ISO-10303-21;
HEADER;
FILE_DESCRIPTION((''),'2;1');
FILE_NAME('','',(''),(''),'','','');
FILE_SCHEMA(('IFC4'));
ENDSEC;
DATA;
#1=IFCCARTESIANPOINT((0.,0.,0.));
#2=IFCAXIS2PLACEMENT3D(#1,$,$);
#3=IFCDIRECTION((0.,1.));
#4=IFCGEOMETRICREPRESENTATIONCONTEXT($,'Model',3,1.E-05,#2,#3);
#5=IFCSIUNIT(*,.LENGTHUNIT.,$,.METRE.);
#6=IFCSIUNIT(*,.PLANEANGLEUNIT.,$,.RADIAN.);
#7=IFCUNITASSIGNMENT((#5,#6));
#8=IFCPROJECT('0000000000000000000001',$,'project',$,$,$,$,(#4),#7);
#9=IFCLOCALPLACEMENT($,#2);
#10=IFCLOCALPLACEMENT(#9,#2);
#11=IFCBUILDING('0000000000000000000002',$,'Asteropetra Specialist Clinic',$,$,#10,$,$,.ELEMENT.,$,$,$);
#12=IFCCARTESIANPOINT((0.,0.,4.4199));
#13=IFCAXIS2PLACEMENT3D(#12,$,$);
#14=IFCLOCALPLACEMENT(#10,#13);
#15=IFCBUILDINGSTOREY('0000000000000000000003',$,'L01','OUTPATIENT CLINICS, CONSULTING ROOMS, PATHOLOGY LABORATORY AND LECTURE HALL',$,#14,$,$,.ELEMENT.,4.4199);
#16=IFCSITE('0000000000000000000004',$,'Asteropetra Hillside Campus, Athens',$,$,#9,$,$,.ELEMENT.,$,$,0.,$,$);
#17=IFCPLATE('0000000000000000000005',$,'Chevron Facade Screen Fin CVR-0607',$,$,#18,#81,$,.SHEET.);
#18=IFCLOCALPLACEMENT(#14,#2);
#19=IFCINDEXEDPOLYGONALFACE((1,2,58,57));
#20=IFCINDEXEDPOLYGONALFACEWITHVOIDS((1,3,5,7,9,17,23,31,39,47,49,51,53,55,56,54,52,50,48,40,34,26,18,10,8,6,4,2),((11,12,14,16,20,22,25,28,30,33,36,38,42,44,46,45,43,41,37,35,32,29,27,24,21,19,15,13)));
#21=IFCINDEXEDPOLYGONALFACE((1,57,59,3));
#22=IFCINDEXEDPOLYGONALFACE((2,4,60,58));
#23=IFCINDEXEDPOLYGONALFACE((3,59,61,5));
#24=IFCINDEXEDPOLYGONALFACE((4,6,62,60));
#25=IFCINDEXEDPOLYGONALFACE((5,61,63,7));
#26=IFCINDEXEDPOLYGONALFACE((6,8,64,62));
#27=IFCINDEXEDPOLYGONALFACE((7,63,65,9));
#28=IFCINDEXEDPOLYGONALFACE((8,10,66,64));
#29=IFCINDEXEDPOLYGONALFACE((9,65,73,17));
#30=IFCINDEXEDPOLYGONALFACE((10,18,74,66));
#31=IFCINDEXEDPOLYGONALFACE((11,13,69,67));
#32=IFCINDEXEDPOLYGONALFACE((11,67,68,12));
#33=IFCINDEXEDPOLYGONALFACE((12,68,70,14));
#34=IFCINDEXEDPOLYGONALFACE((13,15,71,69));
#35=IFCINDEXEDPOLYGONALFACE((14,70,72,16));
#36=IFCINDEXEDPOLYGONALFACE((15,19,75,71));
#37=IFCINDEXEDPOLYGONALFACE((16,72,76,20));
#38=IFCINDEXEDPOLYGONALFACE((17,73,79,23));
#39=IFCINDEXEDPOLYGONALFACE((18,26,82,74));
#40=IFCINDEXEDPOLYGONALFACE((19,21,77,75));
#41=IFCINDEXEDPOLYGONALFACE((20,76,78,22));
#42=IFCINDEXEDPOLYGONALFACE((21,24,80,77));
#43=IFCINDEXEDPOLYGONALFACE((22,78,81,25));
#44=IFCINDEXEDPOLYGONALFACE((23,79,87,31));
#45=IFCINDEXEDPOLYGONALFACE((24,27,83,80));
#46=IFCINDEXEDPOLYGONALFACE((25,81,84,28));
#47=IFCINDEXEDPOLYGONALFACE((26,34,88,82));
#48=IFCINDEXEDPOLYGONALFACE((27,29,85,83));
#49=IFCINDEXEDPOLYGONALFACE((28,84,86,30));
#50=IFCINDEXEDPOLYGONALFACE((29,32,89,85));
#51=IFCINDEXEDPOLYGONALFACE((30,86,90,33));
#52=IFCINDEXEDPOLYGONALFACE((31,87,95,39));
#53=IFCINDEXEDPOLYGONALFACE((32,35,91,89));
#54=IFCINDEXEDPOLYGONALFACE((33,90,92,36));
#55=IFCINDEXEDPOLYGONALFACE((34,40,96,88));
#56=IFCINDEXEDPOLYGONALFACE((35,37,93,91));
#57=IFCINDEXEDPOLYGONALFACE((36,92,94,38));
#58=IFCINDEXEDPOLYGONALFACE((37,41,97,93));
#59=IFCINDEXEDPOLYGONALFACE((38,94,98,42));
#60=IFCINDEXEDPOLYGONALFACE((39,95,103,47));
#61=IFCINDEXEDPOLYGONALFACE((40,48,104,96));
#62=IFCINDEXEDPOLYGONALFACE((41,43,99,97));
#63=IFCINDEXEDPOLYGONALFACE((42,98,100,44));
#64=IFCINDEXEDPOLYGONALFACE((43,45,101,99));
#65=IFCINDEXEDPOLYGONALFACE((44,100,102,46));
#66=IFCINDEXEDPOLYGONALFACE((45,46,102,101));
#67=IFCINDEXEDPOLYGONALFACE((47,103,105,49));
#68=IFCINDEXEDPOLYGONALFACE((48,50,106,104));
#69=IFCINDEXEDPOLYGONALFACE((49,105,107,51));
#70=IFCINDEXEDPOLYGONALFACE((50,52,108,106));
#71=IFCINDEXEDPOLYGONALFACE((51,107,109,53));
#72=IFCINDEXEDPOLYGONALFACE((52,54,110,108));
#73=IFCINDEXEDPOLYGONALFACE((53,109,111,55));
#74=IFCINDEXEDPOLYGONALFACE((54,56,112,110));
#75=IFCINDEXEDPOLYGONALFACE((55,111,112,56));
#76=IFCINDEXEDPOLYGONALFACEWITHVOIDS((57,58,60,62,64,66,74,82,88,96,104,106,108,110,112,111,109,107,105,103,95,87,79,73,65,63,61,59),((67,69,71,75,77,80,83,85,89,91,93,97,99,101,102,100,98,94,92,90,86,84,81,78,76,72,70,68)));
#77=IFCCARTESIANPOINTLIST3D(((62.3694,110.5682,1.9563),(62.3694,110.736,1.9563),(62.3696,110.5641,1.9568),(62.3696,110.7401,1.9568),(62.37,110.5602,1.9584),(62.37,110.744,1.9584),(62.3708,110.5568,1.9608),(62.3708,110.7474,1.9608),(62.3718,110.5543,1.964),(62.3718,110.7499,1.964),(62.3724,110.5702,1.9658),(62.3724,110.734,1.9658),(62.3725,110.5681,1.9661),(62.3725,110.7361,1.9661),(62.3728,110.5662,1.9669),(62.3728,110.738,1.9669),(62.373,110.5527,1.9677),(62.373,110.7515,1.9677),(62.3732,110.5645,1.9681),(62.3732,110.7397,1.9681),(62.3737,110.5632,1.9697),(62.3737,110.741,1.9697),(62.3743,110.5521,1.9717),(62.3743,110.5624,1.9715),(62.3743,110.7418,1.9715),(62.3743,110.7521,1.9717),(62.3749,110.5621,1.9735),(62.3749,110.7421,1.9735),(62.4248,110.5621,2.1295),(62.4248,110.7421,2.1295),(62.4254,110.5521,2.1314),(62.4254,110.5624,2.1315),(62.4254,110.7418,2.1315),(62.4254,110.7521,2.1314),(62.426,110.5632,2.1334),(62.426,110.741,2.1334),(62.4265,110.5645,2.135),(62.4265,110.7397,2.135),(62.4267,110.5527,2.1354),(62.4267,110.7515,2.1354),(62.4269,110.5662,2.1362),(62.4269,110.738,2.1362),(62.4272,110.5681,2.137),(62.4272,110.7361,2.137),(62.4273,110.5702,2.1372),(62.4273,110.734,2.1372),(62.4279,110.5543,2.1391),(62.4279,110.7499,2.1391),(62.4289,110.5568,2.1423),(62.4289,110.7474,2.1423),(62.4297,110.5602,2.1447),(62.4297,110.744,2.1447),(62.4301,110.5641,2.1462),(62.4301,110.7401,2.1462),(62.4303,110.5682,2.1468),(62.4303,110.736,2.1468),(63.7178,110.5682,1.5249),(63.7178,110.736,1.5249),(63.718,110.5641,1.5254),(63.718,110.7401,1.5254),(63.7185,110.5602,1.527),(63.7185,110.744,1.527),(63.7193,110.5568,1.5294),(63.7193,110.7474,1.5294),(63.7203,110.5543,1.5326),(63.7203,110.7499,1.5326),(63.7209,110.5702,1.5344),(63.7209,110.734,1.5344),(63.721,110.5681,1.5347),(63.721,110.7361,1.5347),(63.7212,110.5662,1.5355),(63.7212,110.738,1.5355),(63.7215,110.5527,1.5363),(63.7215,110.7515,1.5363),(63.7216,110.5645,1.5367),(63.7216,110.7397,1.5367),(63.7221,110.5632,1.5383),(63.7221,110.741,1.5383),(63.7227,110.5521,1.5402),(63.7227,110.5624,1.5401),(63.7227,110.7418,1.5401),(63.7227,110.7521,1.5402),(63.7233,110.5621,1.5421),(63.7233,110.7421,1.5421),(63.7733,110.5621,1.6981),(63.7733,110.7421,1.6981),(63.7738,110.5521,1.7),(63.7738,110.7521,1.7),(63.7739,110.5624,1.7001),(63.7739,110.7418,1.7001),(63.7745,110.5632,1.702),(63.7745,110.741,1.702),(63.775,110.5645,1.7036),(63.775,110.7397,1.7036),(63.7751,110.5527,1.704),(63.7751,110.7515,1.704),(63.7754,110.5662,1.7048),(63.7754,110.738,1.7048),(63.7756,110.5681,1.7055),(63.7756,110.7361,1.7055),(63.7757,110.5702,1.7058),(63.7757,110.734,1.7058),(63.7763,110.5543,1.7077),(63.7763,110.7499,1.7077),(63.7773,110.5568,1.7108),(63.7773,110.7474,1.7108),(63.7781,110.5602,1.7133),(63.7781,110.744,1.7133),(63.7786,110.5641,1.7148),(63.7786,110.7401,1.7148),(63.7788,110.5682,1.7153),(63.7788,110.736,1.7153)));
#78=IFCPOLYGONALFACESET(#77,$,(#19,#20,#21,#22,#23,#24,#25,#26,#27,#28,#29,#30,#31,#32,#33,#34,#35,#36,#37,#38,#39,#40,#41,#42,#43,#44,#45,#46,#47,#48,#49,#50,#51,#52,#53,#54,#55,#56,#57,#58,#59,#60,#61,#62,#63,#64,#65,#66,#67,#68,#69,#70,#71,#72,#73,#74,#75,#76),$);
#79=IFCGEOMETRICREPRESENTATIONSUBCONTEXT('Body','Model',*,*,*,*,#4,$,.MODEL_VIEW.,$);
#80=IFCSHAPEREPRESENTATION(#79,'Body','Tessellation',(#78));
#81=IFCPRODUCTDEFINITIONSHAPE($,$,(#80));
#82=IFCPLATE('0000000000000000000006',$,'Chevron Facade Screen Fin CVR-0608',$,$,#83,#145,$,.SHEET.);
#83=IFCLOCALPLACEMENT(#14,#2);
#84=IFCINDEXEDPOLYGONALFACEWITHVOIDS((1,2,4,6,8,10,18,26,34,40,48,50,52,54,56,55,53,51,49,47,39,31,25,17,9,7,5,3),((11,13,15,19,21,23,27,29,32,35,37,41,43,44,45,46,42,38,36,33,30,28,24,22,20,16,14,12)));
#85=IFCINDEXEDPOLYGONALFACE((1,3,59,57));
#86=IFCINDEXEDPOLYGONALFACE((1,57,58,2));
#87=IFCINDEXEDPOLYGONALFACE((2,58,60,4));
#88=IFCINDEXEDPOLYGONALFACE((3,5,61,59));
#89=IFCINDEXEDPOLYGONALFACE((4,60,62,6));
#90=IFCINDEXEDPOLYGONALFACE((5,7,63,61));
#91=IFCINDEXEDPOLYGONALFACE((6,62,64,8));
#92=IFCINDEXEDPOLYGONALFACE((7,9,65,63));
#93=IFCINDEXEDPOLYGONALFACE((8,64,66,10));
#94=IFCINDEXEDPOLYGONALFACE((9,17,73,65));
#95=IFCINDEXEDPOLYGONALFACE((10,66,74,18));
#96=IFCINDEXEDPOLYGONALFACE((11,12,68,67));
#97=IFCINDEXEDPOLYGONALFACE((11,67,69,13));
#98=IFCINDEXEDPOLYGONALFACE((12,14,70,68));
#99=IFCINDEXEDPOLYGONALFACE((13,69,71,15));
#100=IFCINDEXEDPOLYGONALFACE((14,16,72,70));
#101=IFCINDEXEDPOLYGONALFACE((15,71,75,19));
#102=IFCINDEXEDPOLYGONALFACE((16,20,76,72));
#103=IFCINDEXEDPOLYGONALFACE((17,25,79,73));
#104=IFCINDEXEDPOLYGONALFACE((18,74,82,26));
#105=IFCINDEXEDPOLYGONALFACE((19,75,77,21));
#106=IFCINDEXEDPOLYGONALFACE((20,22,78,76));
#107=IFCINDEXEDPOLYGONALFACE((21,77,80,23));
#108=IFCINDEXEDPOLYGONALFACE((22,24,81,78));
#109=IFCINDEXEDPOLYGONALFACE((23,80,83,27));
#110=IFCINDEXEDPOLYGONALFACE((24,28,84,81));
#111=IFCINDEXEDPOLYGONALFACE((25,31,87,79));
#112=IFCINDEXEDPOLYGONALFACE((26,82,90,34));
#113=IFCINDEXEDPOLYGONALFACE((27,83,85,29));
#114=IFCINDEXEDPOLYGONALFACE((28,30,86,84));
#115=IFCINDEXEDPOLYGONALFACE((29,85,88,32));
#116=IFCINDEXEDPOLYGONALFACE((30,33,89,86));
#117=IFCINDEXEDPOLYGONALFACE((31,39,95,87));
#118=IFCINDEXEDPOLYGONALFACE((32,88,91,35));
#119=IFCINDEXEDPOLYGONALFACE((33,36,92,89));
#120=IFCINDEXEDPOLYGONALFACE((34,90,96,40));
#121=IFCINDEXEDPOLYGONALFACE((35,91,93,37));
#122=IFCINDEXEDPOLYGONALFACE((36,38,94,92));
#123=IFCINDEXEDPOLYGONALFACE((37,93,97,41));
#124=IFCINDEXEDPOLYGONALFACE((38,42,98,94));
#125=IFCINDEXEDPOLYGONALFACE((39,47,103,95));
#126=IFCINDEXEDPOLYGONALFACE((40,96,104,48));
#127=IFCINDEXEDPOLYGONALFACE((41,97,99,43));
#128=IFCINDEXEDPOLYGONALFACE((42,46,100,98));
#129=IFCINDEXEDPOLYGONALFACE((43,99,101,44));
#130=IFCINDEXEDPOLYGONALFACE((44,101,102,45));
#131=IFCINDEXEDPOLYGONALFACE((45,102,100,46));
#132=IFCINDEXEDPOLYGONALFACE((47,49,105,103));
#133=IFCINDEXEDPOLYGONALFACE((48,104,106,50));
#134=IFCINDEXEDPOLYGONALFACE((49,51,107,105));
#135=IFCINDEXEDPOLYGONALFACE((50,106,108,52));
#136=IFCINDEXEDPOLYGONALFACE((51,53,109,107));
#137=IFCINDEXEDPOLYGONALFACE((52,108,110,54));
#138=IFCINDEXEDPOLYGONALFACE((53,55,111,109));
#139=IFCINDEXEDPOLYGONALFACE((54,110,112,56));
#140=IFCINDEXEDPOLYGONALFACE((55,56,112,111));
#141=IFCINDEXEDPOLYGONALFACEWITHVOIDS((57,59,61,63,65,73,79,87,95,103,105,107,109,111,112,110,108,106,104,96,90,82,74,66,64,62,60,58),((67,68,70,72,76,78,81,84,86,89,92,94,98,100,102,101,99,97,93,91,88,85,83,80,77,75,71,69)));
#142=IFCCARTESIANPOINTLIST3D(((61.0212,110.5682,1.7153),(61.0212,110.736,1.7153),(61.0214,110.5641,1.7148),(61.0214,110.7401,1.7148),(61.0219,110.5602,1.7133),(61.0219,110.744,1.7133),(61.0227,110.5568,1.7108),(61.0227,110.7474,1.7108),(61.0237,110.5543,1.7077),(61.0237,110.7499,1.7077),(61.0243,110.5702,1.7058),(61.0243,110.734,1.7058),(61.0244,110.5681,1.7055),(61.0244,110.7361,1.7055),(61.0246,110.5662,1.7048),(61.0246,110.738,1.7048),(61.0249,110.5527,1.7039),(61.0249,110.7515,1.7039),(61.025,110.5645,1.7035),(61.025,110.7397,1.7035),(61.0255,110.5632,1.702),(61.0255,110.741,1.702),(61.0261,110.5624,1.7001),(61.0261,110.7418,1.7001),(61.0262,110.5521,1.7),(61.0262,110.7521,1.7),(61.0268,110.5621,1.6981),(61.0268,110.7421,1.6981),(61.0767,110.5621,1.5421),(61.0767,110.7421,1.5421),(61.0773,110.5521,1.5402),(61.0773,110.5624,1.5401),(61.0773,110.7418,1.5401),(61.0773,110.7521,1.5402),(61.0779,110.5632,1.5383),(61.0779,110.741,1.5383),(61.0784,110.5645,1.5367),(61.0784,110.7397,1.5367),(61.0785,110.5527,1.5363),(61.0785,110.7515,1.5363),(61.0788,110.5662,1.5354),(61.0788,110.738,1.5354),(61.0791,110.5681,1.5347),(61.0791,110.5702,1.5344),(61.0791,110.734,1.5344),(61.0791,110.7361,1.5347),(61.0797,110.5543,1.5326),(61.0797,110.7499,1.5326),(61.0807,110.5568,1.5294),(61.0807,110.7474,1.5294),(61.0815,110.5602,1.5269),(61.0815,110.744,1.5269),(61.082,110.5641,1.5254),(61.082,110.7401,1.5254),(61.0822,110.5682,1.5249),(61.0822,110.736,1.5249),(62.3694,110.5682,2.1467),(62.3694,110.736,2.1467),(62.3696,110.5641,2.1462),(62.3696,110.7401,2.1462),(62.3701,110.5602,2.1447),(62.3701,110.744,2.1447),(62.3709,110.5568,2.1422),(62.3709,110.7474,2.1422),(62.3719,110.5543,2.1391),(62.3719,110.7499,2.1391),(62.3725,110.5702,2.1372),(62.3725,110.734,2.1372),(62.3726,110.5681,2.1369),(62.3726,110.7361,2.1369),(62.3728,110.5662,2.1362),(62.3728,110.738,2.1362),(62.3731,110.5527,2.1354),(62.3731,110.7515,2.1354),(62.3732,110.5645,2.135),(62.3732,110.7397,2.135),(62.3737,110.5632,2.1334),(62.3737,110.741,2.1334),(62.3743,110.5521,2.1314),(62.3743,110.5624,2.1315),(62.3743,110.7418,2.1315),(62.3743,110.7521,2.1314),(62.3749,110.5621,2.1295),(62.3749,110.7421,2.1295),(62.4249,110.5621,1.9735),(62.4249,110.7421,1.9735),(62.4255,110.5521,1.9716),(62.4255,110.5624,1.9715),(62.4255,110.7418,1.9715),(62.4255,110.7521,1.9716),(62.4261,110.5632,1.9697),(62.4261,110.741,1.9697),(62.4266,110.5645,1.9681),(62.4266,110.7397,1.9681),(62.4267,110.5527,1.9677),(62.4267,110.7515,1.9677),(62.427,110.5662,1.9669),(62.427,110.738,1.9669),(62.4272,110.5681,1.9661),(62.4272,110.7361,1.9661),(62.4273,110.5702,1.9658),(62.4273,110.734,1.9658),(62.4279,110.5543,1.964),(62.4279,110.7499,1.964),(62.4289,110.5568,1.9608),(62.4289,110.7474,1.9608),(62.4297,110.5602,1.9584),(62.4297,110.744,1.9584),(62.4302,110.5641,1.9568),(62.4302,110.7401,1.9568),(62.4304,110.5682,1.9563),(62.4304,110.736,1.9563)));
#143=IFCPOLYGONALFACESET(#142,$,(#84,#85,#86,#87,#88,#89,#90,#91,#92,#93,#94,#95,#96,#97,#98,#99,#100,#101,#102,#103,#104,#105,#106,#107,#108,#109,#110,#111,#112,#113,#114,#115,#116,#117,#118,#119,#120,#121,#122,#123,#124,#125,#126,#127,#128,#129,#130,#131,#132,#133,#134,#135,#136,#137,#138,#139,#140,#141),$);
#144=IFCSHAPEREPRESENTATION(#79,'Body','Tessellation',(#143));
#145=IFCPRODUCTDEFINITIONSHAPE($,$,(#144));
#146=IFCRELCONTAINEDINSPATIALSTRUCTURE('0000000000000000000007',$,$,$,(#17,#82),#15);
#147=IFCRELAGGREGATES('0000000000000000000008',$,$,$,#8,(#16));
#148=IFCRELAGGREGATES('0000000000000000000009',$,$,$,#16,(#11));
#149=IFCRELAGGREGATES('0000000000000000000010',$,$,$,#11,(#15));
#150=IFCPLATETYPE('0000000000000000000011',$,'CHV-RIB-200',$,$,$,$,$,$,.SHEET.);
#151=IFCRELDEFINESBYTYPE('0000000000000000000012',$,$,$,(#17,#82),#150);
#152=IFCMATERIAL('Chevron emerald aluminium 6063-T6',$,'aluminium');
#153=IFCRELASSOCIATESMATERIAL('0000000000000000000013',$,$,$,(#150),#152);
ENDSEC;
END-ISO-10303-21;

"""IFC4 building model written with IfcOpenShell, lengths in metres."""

from ifc_helpers import new_model, si_unit, direction, frame, origin, origin_2d, place, context, subcontext, project, spatial, hollow_rectangle, extrude, material, material_profile, profile_set, type_object, element, save


model = new_model("IFC4")

# Units and contexts
model_context = context("Model", 3, precision=1e-05, world=origin(), true_north=direction((0.0, 1.0)))
body_context = subcontext(model_context, "Body", "Model", "MODEL_VIEW")
ifc_project = project(units=[si_unit("LENGTHUNIT", "METRE"), si_unit("PLANEANGLEUNIT", "RADIAN")], contexts=[model_context])

# Site, building, storey
site_placement = place(None, origin())
site = spatial("IfcSite", under=ifc_project, at=site_placement, Name="Asteropetra Hillside Campus, Athens", CompositionType="ELEMENT", RefElevation=0.0)
building_placement = place(site_placement, origin())
building = spatial("IfcBuilding", under=site, at=building_placement, Name="Asteropetra Specialist Clinic", CompositionType="ELEMENT")
storey_placement = place(building_placement, frame((0.0, 0.0, 4.4199)))
storey = spatial("IfcBuildingStorey", under=building, at=storey_placement, Name="L01", Description="OUTPATIENT CLINICS, CONSULTING ROOMS, PATHOLOGY LABORATORY AND LECTURE HALL", CompositionType="ELEMENT", Elevation=4.4199)

# Plates
ifc_material_1 = material(Name="Chevron emerald aluminium 6063-T6", Category="aluminium")
ifc_material_profile = material_profile(ifc_material_1, hollow_rectangle(XDim=0.2, YDim=0.2, WallThickness=0.01, InnerFilletRadius=0.0081, OuterFilletRadius=0.0161, at=origin_2d()), Name="SHS 200x200x10.0")
ifc_profile_set = profile_set([ifc_material_profile], Name="Chevron emerald aluminium 6063-T6")
plate_type_1 = type_object("IfcPlateType", Name="CHV-RIB-200", PredefinedType="SHEET", material=ifc_profile_set)
plate_1_placement = place(storey_placement, frame((63.7483, 110.6521, 1.6201), z_axis=(-0.952442, 0.0, 0.304719), x_axis=(0.0, -1.0, 0.0)))
element("IfcPlate", 1, at=plate_1_placement, inside=storey, type_object=plate_type_1, Name="Chevron Facade Screen Fin CVR-0607", PredefinedType="SHEET", context=body_context, shape_type="SweptSolid", body=[
    extrude(hollow_rectangle(XDim=0.2, YDim=0.2, WallThickness=0.01, InnerFilletRadius=0.0081, OuterFilletRadius=0.0161, at=origin_2d()), origin(), (0.0, 0.0, 1.0), 1.4158),
])
plate_2_placement = place(storey_placement, frame((62.3999, 110.6521, 2.0515), z_axis=(-0.952426, 0.0, -0.304769), x_axis=(0.0, -1.0, 0.0)))
element("IfcPlate", 2, at=plate_2_placement, inside=storey, type_object=plate_type_1, Name="Chevron Facade Screen Fin CVR-0608", PredefinedType="SHEET", context=body_context, shape_type="SweptSolid", body=[
    extrude(hollow_rectangle(XDim=0.2, YDim=0.2, WallThickness=0.01, InnerFilletRadius=0.0081, OuterFilletRadius=0.0161, at=origin_2d()), origin(), (0.0, 0.0, 1.0), 1.4155),
])

save(model, "model.ifc")
